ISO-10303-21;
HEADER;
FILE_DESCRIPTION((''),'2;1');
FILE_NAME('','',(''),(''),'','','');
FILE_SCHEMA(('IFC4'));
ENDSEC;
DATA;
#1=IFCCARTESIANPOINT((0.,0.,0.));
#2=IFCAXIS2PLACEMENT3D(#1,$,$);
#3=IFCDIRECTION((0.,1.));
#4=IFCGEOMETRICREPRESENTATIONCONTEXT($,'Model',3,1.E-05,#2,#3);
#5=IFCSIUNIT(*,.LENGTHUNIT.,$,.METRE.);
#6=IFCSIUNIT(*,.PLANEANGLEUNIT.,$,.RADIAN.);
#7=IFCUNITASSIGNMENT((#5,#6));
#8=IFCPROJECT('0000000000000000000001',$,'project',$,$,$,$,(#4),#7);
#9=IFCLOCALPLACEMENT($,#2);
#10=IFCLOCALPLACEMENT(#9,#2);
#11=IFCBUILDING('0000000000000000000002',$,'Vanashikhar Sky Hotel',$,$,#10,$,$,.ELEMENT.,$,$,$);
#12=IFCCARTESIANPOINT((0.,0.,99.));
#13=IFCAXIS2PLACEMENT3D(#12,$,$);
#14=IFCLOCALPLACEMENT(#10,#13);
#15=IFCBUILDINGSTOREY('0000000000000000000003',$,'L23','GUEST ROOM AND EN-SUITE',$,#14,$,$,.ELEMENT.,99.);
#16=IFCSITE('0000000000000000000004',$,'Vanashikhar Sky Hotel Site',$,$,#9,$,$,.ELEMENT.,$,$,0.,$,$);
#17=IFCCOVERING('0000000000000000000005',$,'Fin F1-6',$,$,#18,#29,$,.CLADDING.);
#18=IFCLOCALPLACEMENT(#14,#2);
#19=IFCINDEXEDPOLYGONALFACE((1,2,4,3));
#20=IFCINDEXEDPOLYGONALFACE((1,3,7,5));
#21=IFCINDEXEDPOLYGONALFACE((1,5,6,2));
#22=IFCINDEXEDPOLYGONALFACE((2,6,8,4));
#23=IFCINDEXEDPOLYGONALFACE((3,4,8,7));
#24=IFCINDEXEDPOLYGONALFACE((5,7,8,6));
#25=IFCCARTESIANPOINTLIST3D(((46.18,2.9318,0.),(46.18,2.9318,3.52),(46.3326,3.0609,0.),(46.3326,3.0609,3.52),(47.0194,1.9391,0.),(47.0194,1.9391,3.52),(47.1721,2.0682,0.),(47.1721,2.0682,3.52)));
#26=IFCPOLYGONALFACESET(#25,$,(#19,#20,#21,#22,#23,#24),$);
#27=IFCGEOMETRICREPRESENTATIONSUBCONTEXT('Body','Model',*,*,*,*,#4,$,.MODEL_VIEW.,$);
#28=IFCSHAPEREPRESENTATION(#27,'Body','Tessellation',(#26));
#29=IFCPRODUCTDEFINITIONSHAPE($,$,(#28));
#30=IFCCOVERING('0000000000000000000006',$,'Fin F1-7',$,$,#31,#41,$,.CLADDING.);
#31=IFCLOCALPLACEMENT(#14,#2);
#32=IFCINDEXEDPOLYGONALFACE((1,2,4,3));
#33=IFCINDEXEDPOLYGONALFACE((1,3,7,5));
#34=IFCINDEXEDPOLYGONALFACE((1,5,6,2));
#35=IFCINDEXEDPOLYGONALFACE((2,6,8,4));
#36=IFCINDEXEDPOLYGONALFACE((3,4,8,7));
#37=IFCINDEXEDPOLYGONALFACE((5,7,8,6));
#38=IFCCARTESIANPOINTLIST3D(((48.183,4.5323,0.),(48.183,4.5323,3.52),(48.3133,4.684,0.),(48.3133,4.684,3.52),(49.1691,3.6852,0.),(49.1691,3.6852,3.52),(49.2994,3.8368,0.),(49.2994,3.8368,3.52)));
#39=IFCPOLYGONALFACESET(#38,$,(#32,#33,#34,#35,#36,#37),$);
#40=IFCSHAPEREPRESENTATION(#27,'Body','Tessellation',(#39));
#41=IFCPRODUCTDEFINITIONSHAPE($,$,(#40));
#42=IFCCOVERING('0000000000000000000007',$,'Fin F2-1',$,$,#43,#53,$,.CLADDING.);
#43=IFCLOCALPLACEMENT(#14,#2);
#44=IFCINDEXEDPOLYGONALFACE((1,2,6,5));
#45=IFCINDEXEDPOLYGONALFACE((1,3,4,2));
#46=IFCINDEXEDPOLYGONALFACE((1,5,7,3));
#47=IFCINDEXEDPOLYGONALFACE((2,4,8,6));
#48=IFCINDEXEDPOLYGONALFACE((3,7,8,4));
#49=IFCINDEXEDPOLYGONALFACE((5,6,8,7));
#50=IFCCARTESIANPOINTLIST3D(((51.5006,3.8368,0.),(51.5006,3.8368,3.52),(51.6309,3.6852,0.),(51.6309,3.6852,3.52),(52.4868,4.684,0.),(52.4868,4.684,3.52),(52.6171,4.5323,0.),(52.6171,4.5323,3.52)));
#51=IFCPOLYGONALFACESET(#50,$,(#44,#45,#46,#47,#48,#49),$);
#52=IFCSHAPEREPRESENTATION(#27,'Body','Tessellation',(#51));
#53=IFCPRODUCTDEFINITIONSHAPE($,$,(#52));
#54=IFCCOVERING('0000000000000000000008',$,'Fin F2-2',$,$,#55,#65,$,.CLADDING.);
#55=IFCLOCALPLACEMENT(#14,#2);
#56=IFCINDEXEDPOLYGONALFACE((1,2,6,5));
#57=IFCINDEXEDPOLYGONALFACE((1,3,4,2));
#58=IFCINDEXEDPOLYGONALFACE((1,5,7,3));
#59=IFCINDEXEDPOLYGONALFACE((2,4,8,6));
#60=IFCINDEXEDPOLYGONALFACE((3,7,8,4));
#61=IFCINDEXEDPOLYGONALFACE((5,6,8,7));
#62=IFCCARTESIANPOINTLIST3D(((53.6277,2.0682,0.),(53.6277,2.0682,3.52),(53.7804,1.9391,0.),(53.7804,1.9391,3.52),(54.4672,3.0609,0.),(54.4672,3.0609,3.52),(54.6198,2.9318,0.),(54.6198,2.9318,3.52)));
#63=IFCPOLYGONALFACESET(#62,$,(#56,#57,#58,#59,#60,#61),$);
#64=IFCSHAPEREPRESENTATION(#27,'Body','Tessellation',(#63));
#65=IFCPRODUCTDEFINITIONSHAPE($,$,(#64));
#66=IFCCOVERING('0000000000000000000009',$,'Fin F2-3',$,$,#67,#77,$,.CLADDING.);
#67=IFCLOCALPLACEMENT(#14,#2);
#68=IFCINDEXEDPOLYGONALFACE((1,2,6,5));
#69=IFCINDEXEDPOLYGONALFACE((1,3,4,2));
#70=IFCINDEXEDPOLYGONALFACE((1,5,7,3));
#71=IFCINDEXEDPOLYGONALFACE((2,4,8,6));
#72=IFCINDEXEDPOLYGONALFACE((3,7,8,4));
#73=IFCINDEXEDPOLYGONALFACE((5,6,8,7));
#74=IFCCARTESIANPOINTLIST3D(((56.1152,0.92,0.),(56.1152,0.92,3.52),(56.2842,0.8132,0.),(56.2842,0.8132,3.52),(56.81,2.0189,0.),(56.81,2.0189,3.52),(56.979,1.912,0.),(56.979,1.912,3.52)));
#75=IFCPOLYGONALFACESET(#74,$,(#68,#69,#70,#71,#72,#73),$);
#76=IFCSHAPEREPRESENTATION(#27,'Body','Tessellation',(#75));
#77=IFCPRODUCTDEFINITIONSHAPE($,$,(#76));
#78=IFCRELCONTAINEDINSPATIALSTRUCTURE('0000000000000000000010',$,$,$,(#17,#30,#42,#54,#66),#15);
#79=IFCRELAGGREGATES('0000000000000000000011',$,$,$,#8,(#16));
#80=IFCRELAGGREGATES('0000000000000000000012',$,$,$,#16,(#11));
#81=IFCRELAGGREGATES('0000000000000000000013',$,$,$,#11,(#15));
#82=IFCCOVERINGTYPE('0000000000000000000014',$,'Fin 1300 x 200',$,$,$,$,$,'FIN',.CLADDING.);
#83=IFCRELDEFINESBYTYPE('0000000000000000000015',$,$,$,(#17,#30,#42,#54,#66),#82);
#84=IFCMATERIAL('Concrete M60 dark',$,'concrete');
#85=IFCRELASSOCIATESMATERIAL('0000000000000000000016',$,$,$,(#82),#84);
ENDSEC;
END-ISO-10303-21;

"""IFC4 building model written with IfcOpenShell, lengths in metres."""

from ifc_helpers import new_model, si_unit, direction, frame, origin, origin_2d, place, context, subcontext, project, spatial, rectangle, extrude, source, transform, mapped, material, material_profile, profile_set, type_object, element, save


model = new_model("IFC4")

# Units and contexts
model_context = context("Model", 3, precision=1e-05, world=origin(), true_north=direction((0.0, 1.0)))
body_context = subcontext(model_context, "Body", "Model", "MODEL_VIEW")
ifc_project = project(units=[si_unit("LENGTHUNIT", "METRE"), si_unit("PLANEANGLEUNIT", "RADIAN")], contexts=[model_context])

# Site, building, storey
site_placement = place(None, origin())
site = spatial("IfcSite", under=ifc_project, at=site_placement, Name="Vanashikhar Sky Hotel Site", CompositionType="ELEMENT", RefElevation=0.0)
building_placement = place(site_placement, origin())
building = spatial("IfcBuilding", under=site, at=building_placement, Name="Vanashikhar Sky Hotel", CompositionType="ELEMENT")
storey_placement = place(building_placement, frame((0.0, 0.0, 99.0)))
storey = spatial("IfcBuildingStorey", under=building, at=storey_placement, Name="L23", Description="GUEST ROOM AND EN-SUITE", CompositionType="ELEMENT", Elevation=99.0)

# Coverings
ifc_material_1 = material(Name="Concrete M60 dark", Category="concrete")
ifc_material_profile = material_profile(ifc_material_1, rectangle(XDim=1.3, YDim=0.2, at=origin_2d()))
ifc_profile_set = profile_set([ifc_material_profile], Name="Fin 1300 x 200")
covering_type = type_object("IfcCoveringType", Name="Fin 1300 x 200", ElementType="FIN", PredefinedType="CLADDING", material=ifc_profile_set)
shared_shape_1 = source(origin(), body_context, "Body", "SweptSolid", [
    extrude(rectangle(XDim=1.3, YDim=0.2, at=origin_2d()), origin(), (0.0, 0.0, 1.0), 3.52),
])
for number, where, z_axis, x_axis, name in (
    (1, (46.676, 2.5, 0.0), (0.0, 0.0, 1.0), (0.645698, -0.763593, 0.0), "Fin F1-6"),
    (2, (48.7412, 4.1846, 0.0), (0.0, 0.0, 1.0), (0.758544, -0.651622, 0.0), "Fin F1-7"),
    (3, (52.0588, 4.1846, 0.0), (0.0, 0.0, 1.0), (-0.758544, -0.651622, 0.0), "Fin F2-1"),
    (4, (54.1238, 2.5, 0.0), (0.0, 0.0, 1.0), (-0.645698, -0.763593, 0.0), "Fin F2-2"),
    (5, (56.5471, 1.416, 0.0), (0.0, 0.0, 1.0), (-0.534411, -0.845225, 0.0), "Fin F2-3"),
):
    element("IfcCovering", number, at=place(storey_placement, frame(where, z_axis=z_axis, x_axis=x_axis)), inside=storey, type_object=covering_type, Name=name, PredefinedType="CLADDING", context=body_context, shape_type="MappedRepresentation", body=[
        mapped(shared_shape_1, transform((0.0, 0.0, 0.0), scale=1.0)),
    ])

save(model, "model.ifc")
